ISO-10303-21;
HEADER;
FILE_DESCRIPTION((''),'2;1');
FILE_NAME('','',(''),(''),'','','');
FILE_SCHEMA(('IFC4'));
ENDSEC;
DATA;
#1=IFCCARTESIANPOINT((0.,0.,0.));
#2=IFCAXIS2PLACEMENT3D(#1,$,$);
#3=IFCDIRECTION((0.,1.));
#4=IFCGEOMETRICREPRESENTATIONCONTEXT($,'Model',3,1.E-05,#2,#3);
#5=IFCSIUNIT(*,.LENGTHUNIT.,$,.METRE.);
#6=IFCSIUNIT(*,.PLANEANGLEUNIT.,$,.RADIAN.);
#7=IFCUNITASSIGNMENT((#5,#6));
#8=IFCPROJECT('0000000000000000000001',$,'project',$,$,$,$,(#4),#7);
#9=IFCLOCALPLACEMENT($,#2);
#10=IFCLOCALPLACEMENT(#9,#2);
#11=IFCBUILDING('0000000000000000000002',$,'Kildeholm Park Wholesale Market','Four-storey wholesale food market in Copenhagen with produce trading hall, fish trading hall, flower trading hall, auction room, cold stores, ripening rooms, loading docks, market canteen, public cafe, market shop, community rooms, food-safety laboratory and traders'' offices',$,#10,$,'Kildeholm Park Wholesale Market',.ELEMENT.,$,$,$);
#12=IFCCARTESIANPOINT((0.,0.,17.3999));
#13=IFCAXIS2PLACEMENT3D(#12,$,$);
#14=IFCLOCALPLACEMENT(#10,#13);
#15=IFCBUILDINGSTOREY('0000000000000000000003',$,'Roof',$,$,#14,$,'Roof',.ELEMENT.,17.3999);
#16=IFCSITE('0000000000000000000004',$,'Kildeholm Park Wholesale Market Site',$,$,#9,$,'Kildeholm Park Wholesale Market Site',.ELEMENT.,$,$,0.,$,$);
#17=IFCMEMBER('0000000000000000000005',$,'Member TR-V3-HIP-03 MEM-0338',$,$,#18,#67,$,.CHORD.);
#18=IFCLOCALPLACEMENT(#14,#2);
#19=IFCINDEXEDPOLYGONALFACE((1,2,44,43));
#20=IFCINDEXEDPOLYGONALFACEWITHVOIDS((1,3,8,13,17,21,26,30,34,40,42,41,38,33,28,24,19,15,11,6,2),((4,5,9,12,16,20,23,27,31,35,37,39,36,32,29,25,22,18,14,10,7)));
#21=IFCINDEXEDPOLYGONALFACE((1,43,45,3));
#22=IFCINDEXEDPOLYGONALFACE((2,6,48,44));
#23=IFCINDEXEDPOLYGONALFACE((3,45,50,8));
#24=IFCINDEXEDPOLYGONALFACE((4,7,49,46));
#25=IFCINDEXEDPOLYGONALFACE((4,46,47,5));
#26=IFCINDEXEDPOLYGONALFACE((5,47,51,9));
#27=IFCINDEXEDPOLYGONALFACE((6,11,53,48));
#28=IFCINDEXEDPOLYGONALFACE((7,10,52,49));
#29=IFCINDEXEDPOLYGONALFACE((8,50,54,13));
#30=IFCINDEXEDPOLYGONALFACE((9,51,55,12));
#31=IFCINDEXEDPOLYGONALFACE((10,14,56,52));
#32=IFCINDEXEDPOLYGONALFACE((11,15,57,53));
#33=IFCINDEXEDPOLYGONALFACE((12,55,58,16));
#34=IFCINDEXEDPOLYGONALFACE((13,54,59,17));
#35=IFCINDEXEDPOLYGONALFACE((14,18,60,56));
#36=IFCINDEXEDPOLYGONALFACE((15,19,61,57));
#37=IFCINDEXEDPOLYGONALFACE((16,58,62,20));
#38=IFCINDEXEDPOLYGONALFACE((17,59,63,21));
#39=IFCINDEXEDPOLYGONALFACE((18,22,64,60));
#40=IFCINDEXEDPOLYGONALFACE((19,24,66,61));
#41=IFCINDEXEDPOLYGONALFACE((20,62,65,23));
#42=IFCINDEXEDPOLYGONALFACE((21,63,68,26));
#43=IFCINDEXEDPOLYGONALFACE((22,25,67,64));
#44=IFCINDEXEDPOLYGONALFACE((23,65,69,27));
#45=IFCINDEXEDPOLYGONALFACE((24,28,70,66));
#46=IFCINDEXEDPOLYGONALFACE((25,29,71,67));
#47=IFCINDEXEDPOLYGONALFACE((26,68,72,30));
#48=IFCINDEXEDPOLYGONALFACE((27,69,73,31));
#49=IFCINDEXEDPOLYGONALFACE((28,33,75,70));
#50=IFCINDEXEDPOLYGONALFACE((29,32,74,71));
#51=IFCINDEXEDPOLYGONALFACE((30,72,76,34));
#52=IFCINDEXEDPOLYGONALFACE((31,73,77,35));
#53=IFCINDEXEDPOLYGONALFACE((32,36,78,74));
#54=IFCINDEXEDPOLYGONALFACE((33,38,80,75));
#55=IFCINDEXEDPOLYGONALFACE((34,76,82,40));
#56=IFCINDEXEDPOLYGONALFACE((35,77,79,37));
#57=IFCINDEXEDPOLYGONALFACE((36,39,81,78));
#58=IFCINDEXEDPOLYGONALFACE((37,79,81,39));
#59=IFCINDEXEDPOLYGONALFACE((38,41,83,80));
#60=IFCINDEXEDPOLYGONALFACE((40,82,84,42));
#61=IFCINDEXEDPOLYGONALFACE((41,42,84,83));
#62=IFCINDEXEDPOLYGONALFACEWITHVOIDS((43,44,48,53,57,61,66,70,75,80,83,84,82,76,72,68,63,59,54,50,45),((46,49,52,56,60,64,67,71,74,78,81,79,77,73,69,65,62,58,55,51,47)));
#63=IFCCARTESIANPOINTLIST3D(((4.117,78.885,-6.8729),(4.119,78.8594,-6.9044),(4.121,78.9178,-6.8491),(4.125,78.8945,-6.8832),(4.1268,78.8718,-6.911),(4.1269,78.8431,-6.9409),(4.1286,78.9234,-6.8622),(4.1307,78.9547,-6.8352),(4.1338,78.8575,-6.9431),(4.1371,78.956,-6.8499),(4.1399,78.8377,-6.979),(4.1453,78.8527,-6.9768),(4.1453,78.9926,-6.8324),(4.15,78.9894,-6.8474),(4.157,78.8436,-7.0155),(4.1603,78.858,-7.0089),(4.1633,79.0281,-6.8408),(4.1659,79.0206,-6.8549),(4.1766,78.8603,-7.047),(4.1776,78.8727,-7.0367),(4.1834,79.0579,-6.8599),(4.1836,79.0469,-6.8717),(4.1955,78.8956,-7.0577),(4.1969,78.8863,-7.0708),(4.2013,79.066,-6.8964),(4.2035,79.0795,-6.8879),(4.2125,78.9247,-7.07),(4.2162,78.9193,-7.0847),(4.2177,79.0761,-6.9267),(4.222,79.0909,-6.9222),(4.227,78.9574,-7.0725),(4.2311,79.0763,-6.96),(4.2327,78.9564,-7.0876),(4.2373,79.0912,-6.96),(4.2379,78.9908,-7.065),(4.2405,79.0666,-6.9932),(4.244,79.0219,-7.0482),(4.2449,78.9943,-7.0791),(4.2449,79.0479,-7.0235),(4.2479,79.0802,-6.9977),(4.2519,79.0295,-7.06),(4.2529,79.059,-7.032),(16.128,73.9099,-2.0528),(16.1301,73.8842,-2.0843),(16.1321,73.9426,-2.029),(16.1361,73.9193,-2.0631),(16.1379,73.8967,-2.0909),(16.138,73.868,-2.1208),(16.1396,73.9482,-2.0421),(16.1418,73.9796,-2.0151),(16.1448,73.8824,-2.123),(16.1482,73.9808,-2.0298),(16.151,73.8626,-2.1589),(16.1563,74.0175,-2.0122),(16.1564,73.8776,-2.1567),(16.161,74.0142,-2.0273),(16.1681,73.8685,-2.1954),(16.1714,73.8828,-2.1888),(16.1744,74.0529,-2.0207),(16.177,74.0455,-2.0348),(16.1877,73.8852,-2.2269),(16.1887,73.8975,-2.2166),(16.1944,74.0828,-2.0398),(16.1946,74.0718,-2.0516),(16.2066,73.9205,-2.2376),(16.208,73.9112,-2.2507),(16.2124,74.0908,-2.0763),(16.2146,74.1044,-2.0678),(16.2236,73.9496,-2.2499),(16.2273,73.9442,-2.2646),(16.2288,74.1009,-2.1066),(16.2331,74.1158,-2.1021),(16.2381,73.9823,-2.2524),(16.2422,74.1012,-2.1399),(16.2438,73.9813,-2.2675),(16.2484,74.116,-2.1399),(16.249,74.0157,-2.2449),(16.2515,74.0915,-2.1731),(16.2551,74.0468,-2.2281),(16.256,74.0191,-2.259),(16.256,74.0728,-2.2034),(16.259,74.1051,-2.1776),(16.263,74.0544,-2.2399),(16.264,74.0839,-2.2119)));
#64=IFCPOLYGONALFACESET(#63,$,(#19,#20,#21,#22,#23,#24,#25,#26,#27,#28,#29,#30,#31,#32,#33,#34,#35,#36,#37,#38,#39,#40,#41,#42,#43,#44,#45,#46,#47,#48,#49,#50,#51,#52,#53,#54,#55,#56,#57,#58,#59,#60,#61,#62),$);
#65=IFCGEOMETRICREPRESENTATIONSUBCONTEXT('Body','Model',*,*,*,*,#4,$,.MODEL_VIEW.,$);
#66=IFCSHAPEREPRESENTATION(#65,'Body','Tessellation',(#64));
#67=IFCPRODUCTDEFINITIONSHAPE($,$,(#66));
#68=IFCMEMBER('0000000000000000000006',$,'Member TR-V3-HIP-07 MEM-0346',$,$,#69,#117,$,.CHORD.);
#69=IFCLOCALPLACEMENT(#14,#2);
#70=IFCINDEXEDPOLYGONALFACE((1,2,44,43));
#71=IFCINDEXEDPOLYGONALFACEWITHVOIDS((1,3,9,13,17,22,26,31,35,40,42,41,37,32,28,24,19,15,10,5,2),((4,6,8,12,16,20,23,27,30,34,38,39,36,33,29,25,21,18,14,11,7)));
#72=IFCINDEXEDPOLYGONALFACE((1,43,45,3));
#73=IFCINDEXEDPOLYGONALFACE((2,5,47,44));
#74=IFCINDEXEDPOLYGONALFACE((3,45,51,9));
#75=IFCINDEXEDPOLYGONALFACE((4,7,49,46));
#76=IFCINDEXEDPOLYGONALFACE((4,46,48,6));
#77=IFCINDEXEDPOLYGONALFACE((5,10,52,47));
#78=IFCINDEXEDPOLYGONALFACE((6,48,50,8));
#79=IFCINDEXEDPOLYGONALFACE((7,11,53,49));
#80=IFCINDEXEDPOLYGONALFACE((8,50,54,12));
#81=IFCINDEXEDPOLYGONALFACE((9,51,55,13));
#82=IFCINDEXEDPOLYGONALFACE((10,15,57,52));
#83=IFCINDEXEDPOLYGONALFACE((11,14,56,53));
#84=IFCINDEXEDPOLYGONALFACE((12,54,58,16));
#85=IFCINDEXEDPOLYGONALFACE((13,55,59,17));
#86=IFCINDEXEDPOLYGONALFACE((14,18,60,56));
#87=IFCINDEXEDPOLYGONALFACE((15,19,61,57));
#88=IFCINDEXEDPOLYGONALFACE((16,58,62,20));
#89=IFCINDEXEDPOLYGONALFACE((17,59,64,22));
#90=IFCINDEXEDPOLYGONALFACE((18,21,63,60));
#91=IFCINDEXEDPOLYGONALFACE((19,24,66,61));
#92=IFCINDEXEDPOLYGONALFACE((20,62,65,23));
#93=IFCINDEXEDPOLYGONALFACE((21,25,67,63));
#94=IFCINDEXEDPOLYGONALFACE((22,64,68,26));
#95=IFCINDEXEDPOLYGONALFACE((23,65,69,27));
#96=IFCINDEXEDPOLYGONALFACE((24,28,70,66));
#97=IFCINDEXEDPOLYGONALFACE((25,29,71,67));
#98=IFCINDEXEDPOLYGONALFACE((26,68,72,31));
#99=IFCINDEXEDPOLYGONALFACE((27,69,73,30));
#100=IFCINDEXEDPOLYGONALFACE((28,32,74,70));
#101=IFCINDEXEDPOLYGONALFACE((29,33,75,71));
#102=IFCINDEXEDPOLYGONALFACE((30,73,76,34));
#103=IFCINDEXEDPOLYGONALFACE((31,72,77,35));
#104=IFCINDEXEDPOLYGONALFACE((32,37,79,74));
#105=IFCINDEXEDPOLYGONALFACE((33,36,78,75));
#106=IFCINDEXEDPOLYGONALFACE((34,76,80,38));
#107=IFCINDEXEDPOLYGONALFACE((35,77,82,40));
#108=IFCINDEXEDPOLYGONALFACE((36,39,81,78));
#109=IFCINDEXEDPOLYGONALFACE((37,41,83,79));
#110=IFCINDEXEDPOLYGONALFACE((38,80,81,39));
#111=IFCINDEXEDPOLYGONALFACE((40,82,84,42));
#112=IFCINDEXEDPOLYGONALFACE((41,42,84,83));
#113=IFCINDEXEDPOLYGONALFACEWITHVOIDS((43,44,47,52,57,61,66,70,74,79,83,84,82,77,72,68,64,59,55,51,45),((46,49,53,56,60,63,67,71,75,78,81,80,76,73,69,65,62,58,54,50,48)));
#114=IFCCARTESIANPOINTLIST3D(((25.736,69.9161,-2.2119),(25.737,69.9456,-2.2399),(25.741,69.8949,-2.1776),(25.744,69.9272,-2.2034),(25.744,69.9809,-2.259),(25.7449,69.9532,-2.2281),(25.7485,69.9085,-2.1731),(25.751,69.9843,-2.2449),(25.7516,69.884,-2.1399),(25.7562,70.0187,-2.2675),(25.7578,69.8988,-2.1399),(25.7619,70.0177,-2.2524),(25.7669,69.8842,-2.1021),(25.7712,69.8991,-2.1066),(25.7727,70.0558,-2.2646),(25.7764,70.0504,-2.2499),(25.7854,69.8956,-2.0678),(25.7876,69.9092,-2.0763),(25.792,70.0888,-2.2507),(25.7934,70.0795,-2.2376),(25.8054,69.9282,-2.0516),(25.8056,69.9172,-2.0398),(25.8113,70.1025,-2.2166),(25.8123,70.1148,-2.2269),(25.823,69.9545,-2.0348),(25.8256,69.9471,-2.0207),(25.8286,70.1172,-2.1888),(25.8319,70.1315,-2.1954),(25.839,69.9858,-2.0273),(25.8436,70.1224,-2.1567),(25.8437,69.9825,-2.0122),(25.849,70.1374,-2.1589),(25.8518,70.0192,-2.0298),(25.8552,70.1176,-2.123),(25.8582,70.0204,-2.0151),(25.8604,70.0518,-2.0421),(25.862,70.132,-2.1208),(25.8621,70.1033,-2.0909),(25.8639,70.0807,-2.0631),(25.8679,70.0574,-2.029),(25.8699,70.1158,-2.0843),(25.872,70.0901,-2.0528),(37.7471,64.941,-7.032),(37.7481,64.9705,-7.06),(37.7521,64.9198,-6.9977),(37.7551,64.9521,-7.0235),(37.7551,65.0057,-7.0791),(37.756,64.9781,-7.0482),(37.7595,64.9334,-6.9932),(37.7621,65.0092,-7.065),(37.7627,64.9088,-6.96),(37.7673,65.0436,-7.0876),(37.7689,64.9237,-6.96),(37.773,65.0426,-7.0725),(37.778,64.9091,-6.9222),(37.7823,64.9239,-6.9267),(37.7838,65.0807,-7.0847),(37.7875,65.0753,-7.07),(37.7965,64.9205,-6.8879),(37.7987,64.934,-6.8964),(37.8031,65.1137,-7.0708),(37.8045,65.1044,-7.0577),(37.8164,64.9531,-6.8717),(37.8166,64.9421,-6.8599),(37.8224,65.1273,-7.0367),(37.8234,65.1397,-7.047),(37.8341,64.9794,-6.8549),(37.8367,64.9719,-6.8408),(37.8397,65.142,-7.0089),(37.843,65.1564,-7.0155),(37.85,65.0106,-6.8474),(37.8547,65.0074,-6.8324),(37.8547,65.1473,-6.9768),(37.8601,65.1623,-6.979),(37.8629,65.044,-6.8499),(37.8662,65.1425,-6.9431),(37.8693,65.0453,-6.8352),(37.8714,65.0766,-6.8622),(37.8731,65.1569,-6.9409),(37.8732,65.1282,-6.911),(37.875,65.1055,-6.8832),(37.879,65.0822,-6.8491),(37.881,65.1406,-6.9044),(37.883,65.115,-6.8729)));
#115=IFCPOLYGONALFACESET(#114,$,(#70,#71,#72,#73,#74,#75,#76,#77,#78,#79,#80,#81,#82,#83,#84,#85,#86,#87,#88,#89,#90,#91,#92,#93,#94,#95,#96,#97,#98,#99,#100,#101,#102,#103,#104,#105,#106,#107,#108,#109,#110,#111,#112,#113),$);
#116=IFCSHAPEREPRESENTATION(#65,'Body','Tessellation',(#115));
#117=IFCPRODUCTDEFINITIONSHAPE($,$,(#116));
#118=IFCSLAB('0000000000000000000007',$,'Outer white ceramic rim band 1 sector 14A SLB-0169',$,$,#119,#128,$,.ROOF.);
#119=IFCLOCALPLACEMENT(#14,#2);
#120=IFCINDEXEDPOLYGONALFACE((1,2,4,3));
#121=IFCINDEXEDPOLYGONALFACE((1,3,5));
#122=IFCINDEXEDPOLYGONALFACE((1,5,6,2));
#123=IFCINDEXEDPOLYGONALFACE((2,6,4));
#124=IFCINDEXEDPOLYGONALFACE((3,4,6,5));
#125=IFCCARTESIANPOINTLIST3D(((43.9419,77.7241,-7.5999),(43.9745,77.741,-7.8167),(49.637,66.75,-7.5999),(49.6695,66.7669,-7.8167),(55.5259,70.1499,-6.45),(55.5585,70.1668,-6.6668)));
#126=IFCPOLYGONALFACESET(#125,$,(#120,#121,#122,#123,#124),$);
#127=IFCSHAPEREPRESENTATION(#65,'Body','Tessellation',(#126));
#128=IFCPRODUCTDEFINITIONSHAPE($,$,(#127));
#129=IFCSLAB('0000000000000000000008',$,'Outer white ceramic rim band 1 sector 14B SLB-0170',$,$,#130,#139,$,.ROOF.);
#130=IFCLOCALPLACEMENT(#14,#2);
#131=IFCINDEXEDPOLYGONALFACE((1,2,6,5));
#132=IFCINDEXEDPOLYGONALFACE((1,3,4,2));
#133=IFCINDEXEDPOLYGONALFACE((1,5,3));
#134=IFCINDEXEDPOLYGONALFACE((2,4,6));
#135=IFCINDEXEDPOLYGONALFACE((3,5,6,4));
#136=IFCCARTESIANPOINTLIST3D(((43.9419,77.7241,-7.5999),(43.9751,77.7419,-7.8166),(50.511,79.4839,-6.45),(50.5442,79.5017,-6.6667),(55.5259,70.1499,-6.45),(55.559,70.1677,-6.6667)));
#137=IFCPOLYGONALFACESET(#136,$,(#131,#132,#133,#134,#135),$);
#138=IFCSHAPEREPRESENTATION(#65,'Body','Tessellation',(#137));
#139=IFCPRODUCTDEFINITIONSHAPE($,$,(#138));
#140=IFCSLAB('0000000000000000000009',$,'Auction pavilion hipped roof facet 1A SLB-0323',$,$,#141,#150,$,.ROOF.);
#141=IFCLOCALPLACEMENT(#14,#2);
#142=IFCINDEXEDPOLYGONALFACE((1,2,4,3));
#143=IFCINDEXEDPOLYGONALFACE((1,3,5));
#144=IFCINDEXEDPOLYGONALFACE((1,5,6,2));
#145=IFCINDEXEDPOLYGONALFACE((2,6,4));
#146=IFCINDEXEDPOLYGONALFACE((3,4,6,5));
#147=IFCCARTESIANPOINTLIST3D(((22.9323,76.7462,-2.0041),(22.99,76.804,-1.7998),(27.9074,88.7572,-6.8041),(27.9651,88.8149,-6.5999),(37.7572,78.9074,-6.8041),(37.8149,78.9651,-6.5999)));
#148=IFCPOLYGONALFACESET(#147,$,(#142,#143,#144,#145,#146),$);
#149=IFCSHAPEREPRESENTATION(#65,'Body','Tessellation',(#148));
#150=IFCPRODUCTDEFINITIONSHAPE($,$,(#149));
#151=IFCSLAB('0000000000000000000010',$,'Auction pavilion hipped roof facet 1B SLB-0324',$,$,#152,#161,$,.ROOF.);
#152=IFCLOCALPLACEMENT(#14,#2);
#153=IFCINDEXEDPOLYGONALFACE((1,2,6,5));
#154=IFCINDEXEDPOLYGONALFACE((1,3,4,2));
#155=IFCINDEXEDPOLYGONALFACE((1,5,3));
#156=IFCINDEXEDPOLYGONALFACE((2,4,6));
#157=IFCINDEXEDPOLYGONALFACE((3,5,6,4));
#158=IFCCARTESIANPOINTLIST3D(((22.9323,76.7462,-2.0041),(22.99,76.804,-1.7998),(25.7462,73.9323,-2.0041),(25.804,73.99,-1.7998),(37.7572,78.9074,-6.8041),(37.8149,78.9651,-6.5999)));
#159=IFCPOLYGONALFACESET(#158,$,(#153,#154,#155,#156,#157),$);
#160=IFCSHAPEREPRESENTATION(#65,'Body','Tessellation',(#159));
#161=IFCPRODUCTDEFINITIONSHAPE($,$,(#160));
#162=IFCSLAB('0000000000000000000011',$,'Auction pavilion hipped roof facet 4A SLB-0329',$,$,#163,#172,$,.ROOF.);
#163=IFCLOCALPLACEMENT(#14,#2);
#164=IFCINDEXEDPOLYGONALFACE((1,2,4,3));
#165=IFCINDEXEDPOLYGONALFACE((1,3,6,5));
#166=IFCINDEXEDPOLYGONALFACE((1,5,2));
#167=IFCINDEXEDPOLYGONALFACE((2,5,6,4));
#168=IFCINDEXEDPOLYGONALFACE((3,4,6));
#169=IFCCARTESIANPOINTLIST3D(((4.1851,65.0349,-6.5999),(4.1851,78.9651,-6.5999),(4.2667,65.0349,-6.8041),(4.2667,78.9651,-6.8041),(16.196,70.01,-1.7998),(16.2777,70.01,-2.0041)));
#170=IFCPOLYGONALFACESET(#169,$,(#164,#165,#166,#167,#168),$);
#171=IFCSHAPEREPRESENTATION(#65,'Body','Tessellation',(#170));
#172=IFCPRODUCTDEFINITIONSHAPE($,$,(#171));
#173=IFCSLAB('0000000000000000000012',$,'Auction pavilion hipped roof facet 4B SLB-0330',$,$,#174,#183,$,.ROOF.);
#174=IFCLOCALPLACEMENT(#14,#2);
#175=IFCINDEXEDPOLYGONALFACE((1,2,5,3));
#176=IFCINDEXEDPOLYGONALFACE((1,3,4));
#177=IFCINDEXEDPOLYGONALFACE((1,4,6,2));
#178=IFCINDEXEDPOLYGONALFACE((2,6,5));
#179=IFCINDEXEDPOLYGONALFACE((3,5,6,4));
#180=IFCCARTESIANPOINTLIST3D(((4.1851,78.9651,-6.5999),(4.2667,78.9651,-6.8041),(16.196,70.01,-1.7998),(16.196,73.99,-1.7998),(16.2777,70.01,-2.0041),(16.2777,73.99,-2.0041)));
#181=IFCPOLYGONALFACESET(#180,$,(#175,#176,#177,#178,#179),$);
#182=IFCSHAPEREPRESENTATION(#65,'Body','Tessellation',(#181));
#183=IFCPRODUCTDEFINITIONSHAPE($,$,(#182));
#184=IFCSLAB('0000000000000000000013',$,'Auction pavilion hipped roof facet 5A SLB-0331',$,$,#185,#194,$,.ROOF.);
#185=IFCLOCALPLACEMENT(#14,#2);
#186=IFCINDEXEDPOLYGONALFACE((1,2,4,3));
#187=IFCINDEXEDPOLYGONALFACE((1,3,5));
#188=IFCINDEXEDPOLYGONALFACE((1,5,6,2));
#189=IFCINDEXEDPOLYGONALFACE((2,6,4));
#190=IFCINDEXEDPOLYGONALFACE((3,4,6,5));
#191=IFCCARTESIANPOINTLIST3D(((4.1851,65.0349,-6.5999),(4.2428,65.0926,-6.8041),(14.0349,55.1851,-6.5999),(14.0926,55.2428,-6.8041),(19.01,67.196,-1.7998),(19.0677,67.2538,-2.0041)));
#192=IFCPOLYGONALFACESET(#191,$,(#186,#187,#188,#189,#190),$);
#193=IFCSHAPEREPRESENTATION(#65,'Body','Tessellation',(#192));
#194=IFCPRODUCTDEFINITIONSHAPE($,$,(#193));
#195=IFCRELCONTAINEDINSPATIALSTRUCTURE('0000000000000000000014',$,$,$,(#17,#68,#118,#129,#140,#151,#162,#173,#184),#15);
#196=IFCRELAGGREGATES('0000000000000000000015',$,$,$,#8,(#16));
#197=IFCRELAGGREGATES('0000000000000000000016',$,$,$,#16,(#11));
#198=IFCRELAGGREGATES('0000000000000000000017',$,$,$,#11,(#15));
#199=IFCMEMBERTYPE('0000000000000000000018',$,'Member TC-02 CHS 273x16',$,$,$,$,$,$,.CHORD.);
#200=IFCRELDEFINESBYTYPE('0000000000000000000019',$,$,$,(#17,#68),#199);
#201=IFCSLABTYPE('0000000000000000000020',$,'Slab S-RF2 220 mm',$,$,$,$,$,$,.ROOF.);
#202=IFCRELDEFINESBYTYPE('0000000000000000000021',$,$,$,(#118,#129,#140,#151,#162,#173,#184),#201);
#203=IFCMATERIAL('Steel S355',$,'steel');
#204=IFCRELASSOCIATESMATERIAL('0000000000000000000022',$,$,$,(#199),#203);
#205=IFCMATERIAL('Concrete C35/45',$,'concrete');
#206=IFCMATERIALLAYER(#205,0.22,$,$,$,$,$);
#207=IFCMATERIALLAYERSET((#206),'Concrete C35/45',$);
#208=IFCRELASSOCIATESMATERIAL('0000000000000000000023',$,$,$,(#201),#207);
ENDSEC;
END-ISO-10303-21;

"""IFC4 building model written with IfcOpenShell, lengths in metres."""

from ifc_helpers import new_model, si_unit, direction, frame, origin, origin_2d, place, context, subcontext, project, spatial, polyline, hollow_circle, outline, extrude, material, layer, layer_set, material_profile, profile_set, type_object, element, save


model = new_model("IFC4")

# Units and contexts
model_context = context("Model", 3, precision=1e-05, world=origin(), true_north=direction((0.0, 1.0)))
body_context = subcontext(model_context, "Body", "Model", "MODEL_VIEW")
ifc_project = project(units=[si_unit("LENGTHUNIT", "METRE"), si_unit("PLANEANGLEUNIT", "RADIAN")], contexts=[model_context])

# Site, building, storey
site_placement = place(None, origin())
site = spatial("IfcSite", under=ifc_project, at=site_placement, Name="Kildeholm Park Wholesale Market Site", LongName="Kildeholm Park Wholesale Market Site", CompositionType="ELEMENT", RefElevation=0.0)
building_placement = place(site_placement, origin())
building = spatial("IfcBuilding", under=site, at=building_placement, Name="Kildeholm Park Wholesale Market", Description="Four-storey wholesale food market in Copenhagen with produce trading hall, fish trading hall, flower trading hall, auction room, cold stores, ripening rooms, loading docks, market canteen, public cafe, market shop, community rooms, food-safety laboratory and traders' offices", LongName="Kildeholm Park Wholesale Market", CompositionType="ELEMENT")
storey_placement = place(building_placement, frame((0.0, 0.0, 17.3999)))
storey = spatial("IfcBuildingStorey", under=building, at=storey_placement, Name="Roof", LongName="Roof", CompositionType="ELEMENT", Elevation=17.3999)

# Shared definitions
ifc_material_1 = material(Name="Steel S355", Category="steel")

# Members
ifc_material_profile_1 = material_profile(ifc_material_1, hollow_circle(Radius=0.1365, WallThickness=0.0161, at=origin_2d()), Name="CHS 273x16")
ifc_profile_set_1 = profile_set([ifc_material_profile_1], Name="Steel S355")
member_type_1 = type_object("IfcMemberType", Name="Member TC-02 CHS 273x16", PredefinedType="CHORD", material=ifc_profile_set_1)
for number, where, z_axis, x_axis, name in (
    (1, (4.1851, 78.9651, -6.96), (0.866258, -0.358815, 0.347634), (0.382682, 0.92388, 0.0), "Member TR-V3-HIP-03 MEM-0338"),
    (2, (37.8149, 65.0349, -6.96), (-0.866258, 0.358815, 0.347634), (-0.382682, -0.92388, 0.0), "Member TR-V3-HIP-07 MEM-0346"),
):
    element("IfcMember", number, at=place(storey_placement, frame(where, z_axis=z_axis, x_axis=x_axis)), inside=storey, type_object=member_type_1, Name=name, PredefinedType="CHORD", context=body_context, shape_type="SweptSolid", body=[
        extrude(hollow_circle(Radius=0.1365, WallThickness=0.0161, at=origin_2d()), origin(), (0.0, 0.0, 1.0), 13.8655),
    ])

# Slabs
ifc_material_2 = material(Name="Concrete C35/45", Category="concrete")
ifc_layer = layer(ifc_material_2, 0.22)
ifc_layer_set = layer_set([ifc_layer], Name="Concrete C35/45")
slab_type = type_object("IfcSlabType", Name="Slab S-RF2 220 mm", PredefinedType="ROOF", material=ifc_layer_set)
slab_1_placement = place(storey_placement, frame((43.9419, 77.7241, -7.5999), z_axis=(-0.148142, -0.076879, 0.985974), x_axis=(0.460622, -0.887596, 0.0)))
element("IfcSlab", 3, at=slab_1_placement, inside=storey, type_object=slab_type, Name="Outer white ceramic rim band 1 sector 14A SLB-0169", PredefinedType="ROOF", context=body_context, shape_type="SweptSolid", body=[
    extrude(outline(polyline([(0.0, 0.0), (12.3639, 0.0), (12.0587, 6.8897), (0.0, 0.0)])), origin(), (0.0, 0.0, -1.0), 0.22),
])
slab_2_placement = place(storey_placement, frame((43.9419, 77.7241, -7.5999), z_axis=(-0.150765, -0.081002, 0.985245), x_axis=(0.834093, -0.545374, 0.082798)))
element("IfcSlab", 4, at=slab_2_placement, inside=storey, type_object=slab_type, Name="Outer white ceramic rim band 1 sector 14B SLB-0170", PredefinedType="ROOF", context=body_context, shape_type="SweptSolid", body=[
    extrude(outline(polyline([(0.0, 0.0), (13.8881, 0.0), (4.6147, 5.1261), (0.0, 0.0)])), origin(), (0.0, 0.0, -1.0), 0.22),
])
slab_3_placement = place(storey_placement, frame((37.8149, 78.9651, -6.5999), z_axis=(0.262408, 0.262408, 0.928592), x_axis=(-0.707107, 0.707107, 0.0)))
element("IfcSlab", 5, at=slab_3_placement, inside=storey, type_object=slab_type, Name="Auction pavilion hipped roof facet 1A SLB-0323", PredefinedType="ROOF", context=body_context, shape_type="SweptSolid", body=[
    extrude(outline(polyline([(0.0, 0.0), (13.9298, 0.0), (8.9547, 12.9346), (0.0, 0.0)])), origin(), (0.0, 0.0, -1.0), 0.22),
])
slab_4_placement = place(storey_placement, frame((37.8149, 78.9651, -6.5999), z_axis=(0.262408, 0.262408, 0.928592), x_axis=(-0.942355, -0.137373, 0.305117)))
element("IfcSlab", 6, at=slab_4_placement, inside=storey, type_object=slab_type, Name="Auction pavilion hipped roof facet 1B SLB-0324", PredefinedType="ROOF", context=body_context, shape_type="SweptSolid", body=[
    extrude(outline(polyline([(0.0, 0.0), (15.7318, 0.0), (13.4666, 3.272), (0.0, 0.0)])), origin(), (0.0, 0.0, -1.0), 0.22),
])
slab_5_placement = place(storey_placement, frame((4.1851, 78.9651, -6.5999), z_axis=(-0.371101, 0.0, 0.928592), x_axis=(0.0, -1.0, 0.0)))
element("IfcSlab", 7, at=slab_5_placement, inside=storey, type_object=slab_type, Name="Auction pavilion hipped roof facet 4A SLB-0329", PredefinedType="ROOF", context=body_context, shape_type="SweptSolid", body=[
    extrude(outline(polyline([(0.0, 0.0), (13.9302, 0.0), (8.9551, 12.9346), (0.0, 0.0)])), origin(), (0.0, 0.0, -1.0), 0.22),
])
slab_6_placement = place(storey_placement, frame((4.1851, 78.9651, -6.5999), z_axis=(-0.371101, 0.0, 0.928592), x_axis=(0.763472, -0.569225, 0.305113)))
element("IfcSlab", 8, at=slab_6_placement, inside=storey, type_object=slab_type, Name="Auction pavilion hipped roof facet 4B SLB-0330", PredefinedType="ROOF", context=body_context, shape_type="SweptSolid", body=[
    extrude(outline(polyline([(0.0, 0.0), (15.7321, 0.0), (13.4666, 3.2723), (0.0, 0.0)])), origin(), (0.0, 0.0, -1.0), 0.22),
])
slab_7_placement = place(storey_placement, frame((4.1851, 65.0349, -6.5999), z_axis=(-0.262408, -0.262408, 0.928592), x_axis=(0.707107, -0.707107, 0.0)))
element("IfcSlab", 9, at=slab_7_placement, inside=storey, type_object=slab_type, Name="Auction pavilion hipped roof facet 5A SLB-0331", PredefinedType="ROOF", context=body_context, shape_type="SweptSolid", body=[
    extrude(outline(polyline([(0.0, 0.0), (13.9298, 0.0), (8.9547, 12.9346), (0.0, 0.0)])), origin(), (0.0, 0.0, -1.0), 0.22),
])

save(model, "model.ifc")
